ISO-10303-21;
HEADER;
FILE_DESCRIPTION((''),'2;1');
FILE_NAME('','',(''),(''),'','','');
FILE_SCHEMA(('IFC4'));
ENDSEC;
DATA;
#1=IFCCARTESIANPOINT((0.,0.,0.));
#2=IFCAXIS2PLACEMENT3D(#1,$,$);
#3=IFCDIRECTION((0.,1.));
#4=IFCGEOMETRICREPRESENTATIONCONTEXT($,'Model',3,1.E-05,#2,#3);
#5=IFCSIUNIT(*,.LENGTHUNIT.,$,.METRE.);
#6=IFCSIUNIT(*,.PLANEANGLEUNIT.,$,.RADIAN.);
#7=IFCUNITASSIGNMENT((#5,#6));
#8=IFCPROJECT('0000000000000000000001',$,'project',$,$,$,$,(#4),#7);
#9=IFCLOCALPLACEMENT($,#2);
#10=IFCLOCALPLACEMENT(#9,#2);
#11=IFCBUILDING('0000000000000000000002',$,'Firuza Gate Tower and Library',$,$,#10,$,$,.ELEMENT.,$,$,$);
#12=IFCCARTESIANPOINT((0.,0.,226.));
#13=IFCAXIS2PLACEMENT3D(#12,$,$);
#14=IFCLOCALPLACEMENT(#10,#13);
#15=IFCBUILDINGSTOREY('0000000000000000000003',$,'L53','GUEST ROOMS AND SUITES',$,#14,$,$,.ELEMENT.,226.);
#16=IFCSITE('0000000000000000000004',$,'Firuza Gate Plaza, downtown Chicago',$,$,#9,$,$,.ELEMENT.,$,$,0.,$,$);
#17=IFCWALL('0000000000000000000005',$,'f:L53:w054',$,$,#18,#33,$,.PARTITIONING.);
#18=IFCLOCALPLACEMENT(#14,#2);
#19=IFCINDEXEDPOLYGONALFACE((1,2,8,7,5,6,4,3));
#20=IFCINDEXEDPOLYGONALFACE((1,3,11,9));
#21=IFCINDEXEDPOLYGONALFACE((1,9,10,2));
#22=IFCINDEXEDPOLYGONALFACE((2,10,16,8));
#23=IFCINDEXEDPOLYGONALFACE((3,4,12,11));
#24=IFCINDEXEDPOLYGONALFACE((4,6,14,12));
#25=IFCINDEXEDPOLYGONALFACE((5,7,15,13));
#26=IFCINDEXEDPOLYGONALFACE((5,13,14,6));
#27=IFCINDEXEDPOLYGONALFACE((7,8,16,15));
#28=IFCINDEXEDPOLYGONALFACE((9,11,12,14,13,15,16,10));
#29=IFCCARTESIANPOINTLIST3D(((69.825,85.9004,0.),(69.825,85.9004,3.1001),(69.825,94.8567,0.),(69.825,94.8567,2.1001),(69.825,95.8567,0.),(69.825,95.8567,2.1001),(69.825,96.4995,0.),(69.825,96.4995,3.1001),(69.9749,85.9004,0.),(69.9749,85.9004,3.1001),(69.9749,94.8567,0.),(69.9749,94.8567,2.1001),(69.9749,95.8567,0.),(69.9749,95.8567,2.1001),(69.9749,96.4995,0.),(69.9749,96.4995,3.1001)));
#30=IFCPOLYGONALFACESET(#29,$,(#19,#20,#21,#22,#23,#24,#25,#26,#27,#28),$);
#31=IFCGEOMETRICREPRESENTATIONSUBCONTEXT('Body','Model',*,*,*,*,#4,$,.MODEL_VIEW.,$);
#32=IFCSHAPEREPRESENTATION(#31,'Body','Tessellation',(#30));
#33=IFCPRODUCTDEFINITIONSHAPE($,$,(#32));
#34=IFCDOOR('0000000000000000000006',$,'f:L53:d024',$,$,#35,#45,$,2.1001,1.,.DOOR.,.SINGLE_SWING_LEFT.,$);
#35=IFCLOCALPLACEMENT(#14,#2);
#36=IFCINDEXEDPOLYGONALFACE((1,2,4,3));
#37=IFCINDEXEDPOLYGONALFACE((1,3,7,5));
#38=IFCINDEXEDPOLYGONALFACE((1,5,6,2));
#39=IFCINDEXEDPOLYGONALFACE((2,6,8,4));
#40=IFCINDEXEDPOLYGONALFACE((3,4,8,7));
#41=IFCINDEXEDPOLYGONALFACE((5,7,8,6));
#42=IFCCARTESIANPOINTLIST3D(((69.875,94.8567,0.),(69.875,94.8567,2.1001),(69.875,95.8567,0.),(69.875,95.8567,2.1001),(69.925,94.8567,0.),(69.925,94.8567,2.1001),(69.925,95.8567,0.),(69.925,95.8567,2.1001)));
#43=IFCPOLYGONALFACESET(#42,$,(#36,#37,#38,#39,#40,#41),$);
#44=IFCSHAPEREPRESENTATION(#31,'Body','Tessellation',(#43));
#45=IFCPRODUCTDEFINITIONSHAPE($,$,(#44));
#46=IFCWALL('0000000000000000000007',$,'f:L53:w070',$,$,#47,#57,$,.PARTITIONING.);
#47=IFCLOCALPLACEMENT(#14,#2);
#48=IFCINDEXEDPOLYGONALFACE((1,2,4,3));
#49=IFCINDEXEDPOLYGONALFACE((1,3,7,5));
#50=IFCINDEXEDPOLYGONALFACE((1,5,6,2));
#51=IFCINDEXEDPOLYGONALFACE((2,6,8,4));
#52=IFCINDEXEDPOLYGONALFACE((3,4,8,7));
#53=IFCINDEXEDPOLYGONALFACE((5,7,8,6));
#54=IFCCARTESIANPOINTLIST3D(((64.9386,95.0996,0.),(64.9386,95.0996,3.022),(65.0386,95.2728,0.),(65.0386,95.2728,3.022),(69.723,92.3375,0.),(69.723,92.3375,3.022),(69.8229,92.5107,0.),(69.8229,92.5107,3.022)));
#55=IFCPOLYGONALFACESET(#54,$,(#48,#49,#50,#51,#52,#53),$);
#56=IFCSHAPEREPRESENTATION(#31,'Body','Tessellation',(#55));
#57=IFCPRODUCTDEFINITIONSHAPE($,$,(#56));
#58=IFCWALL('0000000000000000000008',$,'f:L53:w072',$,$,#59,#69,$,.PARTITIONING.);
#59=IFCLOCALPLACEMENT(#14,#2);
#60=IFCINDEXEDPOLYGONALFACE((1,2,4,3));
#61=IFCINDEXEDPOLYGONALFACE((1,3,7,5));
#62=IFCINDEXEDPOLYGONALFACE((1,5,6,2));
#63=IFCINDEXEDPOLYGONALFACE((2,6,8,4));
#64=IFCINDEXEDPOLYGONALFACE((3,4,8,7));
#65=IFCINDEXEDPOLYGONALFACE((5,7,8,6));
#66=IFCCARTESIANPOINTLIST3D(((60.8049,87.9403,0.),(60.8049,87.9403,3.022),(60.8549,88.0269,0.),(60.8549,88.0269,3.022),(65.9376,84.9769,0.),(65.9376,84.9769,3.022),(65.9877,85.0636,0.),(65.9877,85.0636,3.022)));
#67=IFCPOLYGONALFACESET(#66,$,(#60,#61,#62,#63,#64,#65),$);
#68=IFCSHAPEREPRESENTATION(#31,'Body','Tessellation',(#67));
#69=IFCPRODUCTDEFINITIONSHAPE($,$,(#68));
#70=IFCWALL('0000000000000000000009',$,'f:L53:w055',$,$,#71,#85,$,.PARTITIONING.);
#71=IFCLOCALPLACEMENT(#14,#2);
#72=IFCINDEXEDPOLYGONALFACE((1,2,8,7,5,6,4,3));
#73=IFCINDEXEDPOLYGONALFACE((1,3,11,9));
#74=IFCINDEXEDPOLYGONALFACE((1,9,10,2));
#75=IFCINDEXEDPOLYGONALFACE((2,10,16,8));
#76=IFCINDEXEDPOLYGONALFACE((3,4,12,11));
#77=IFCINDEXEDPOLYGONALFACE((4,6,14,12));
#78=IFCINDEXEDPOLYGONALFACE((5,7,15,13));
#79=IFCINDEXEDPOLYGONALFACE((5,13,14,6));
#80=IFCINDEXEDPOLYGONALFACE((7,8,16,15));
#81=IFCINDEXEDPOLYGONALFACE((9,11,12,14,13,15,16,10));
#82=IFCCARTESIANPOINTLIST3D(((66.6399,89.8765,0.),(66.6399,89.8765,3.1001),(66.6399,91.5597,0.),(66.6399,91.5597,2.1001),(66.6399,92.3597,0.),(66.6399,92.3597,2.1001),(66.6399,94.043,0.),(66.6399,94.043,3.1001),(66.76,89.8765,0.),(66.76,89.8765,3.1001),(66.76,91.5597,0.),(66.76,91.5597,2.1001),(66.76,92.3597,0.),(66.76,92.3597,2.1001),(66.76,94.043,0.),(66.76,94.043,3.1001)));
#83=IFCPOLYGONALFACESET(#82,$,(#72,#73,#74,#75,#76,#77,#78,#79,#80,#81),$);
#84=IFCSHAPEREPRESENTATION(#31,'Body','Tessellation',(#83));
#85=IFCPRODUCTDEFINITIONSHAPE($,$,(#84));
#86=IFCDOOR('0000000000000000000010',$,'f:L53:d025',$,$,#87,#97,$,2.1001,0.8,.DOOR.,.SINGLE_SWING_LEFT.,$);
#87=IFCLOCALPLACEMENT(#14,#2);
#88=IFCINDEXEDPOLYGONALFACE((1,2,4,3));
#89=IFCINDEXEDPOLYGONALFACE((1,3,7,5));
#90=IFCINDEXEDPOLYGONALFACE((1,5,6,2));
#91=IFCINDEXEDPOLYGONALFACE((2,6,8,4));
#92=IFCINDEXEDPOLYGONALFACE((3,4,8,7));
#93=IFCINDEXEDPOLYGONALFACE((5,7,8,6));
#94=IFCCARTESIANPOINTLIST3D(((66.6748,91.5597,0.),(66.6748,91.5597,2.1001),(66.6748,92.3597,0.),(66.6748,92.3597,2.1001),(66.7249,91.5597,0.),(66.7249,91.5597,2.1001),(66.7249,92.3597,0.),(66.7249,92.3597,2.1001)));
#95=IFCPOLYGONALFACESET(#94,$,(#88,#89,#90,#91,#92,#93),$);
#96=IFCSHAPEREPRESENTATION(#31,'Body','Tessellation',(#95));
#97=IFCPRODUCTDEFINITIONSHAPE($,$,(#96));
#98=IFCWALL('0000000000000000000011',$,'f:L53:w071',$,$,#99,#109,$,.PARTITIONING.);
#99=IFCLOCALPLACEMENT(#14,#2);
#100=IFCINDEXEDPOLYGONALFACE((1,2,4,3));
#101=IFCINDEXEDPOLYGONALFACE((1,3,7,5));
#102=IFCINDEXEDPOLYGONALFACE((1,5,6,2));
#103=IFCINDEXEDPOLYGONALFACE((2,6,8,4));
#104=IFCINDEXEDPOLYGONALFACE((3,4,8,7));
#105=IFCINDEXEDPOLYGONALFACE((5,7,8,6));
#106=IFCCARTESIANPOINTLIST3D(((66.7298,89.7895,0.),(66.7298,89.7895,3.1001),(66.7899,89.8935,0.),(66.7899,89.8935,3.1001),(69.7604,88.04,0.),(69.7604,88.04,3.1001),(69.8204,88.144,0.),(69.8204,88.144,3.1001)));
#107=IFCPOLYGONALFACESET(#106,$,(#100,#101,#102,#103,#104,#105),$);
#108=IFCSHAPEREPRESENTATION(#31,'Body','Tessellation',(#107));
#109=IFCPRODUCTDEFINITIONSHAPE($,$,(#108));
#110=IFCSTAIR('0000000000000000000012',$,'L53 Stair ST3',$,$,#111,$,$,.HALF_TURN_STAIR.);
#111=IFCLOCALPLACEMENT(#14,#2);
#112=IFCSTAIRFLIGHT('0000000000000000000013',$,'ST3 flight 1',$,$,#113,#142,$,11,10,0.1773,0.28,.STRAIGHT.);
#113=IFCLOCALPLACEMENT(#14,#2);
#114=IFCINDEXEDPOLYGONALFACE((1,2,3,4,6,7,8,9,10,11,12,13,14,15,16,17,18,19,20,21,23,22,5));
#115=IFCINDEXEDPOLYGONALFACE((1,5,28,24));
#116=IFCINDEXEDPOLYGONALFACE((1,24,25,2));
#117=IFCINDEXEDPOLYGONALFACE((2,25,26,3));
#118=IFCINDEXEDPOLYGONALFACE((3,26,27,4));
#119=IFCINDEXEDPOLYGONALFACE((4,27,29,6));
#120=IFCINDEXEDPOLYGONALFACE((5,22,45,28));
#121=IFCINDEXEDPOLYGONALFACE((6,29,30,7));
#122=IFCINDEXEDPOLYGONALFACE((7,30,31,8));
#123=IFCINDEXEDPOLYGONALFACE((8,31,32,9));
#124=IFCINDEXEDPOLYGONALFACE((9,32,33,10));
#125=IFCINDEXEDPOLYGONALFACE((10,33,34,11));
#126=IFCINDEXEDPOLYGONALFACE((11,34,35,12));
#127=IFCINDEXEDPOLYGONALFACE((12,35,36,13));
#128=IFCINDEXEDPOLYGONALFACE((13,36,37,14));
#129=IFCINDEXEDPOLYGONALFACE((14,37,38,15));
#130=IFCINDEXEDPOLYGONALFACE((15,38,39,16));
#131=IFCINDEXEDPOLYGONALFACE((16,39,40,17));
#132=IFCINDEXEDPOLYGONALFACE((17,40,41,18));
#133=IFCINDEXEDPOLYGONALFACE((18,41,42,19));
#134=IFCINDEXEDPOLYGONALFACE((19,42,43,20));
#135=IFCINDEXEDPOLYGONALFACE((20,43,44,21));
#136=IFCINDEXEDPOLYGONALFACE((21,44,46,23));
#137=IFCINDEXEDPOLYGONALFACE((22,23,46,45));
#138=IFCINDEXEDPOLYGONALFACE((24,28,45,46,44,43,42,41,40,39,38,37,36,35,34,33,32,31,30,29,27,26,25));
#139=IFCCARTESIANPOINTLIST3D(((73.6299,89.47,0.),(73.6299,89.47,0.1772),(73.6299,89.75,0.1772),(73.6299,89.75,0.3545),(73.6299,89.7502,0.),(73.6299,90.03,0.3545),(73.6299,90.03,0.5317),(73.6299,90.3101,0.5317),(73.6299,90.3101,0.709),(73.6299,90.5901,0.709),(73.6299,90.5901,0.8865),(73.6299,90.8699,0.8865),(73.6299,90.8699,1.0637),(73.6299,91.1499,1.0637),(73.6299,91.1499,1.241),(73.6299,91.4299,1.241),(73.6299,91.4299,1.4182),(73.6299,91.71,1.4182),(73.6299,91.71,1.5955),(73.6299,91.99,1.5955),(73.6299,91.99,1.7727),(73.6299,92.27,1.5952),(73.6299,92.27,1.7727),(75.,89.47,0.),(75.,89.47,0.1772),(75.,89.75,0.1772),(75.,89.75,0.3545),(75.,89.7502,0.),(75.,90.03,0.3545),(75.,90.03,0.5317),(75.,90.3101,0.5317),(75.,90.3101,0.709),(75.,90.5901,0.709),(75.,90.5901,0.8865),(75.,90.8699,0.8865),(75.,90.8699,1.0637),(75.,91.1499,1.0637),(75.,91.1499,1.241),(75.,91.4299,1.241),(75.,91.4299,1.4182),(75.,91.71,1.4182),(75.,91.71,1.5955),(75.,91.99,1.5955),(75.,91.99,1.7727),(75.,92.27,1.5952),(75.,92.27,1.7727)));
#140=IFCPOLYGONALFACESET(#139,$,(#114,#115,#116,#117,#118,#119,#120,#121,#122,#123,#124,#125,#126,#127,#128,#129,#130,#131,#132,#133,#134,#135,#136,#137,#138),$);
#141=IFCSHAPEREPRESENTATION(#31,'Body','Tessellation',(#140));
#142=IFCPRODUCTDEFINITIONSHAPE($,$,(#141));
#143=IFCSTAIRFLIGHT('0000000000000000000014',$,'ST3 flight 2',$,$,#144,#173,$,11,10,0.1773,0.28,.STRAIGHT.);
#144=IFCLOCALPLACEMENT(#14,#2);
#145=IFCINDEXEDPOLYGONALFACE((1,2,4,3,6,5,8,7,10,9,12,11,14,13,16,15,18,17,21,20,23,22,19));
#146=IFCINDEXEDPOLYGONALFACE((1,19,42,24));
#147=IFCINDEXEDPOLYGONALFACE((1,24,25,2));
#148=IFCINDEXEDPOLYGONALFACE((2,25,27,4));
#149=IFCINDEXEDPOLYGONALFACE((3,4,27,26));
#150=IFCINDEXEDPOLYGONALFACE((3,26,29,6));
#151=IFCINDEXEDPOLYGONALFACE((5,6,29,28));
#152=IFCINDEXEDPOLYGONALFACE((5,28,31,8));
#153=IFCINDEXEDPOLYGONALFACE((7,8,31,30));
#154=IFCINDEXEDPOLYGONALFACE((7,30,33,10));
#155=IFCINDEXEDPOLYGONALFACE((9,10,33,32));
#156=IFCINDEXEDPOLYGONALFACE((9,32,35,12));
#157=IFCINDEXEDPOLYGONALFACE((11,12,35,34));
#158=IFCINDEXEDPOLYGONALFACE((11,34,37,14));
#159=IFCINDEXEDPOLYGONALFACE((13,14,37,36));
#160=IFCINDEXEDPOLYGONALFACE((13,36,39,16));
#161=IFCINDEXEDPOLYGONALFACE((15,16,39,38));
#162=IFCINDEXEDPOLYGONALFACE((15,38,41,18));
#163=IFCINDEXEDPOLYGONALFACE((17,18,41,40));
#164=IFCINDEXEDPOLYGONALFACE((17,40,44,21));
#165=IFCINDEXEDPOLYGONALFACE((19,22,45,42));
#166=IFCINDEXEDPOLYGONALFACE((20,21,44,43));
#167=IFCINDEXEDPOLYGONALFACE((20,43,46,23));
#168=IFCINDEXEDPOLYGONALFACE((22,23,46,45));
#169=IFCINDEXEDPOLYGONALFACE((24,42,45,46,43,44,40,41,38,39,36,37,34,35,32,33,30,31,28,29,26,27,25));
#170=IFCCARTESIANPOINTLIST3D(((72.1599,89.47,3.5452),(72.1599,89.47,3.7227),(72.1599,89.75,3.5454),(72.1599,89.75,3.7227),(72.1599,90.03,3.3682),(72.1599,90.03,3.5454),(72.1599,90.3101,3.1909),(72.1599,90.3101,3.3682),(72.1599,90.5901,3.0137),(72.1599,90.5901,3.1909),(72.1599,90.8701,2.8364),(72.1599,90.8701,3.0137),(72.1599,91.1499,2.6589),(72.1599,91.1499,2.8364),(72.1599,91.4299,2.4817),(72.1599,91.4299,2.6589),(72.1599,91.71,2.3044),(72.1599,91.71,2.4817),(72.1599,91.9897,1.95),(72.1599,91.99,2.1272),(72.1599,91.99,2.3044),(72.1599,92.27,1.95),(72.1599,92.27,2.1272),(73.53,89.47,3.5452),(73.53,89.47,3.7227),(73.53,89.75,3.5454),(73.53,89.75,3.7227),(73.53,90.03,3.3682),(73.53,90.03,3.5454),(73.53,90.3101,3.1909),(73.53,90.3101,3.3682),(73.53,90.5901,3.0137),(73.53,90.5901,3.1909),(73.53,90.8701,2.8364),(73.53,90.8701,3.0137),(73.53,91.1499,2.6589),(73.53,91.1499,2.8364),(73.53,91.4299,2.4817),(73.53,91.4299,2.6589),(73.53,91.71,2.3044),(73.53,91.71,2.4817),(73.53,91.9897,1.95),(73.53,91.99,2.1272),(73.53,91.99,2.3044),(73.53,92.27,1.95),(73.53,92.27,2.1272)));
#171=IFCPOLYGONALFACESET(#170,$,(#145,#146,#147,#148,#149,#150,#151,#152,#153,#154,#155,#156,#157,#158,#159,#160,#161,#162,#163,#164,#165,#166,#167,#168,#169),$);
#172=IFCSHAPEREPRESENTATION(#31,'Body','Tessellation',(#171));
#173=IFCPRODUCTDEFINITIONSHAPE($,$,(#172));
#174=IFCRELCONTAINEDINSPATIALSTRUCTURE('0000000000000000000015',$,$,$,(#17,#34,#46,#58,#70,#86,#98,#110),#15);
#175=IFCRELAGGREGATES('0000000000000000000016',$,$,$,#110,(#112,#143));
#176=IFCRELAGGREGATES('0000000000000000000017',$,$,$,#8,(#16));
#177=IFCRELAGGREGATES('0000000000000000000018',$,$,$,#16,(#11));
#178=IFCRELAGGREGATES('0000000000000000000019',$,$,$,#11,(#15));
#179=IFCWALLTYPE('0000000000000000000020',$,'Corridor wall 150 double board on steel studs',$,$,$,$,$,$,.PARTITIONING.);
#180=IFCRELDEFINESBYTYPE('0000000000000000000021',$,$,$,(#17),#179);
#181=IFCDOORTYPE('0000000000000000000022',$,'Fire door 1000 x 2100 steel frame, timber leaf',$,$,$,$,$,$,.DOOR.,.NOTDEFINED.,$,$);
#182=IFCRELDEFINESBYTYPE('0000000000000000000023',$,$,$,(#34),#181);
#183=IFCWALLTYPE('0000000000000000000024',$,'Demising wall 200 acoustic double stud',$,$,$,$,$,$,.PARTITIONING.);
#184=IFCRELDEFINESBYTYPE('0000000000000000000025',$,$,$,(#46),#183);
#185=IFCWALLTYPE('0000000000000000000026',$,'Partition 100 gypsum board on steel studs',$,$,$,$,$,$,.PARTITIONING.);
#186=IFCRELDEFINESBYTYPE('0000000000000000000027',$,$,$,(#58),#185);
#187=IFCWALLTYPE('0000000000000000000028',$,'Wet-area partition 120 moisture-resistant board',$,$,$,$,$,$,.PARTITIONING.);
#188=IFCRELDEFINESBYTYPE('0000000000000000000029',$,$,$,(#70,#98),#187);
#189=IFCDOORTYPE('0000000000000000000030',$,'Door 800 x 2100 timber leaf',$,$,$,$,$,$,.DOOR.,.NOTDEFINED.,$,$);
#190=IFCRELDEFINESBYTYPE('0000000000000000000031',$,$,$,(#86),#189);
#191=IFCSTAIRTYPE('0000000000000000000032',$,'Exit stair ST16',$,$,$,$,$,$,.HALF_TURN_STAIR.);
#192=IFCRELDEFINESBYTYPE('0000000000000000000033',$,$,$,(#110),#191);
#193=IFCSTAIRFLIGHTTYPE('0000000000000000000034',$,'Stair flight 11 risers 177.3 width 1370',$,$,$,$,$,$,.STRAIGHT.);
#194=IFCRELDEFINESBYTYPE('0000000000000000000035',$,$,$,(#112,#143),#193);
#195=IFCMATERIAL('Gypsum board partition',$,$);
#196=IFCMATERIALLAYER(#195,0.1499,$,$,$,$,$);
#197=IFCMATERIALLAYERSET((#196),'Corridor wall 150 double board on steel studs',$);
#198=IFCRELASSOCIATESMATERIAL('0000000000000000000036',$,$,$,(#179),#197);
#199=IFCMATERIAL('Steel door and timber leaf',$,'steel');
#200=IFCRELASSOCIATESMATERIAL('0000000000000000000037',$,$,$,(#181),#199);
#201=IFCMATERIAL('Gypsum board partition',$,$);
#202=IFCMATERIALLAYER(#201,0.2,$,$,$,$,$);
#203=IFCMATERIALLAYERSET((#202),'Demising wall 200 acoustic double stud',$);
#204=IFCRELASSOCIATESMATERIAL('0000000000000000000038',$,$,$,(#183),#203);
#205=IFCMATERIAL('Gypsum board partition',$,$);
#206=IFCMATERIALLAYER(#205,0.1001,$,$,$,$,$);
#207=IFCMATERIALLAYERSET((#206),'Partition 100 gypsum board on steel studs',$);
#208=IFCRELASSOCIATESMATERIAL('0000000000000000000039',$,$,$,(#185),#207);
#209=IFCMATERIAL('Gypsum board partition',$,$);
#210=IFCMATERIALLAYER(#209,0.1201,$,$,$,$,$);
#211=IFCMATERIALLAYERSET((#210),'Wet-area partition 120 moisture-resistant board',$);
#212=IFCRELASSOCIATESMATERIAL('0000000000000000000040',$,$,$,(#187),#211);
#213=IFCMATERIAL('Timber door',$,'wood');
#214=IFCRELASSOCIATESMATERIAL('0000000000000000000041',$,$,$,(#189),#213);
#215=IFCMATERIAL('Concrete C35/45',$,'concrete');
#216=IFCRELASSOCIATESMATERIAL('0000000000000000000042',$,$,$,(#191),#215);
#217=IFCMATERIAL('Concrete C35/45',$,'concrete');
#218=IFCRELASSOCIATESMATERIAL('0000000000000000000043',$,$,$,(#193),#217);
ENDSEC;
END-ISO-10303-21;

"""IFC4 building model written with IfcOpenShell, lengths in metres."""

from ifc_helpers import new_model, si_unit, direction, frame, frame_2d, origin, place, context, subcontext, project, spatial, polyline, rectangle, outline, extrude, material, layer, layer_set, type_object, element, fill, aggregate, save


model = new_model("IFC4")

# Units and contexts
model_context = context("Model", 3, precision=1e-05, world=origin(), true_north=direction((0.0, 1.0)))
body_context = subcontext(model_context, "Body", "Model", "MODEL_VIEW")
ifc_project = project(units=[si_unit("LENGTHUNIT", "METRE"), si_unit("PLANEANGLEUNIT", "RADIAN")], contexts=[model_context])

# Site, building, storey
site_placement = place(None, origin())
site = spatial("IfcSite", under=ifc_project, at=site_placement, Name="Firuza Gate Plaza, downtown Chicago", CompositionType="ELEMENT", RefElevation=0.0)
building_placement = place(site_placement, origin())
building = spatial("IfcBuilding", under=site, at=building_placement, Name="Firuza Gate Tower and Library", CompositionType="ELEMENT")
storey_placement = place(building_placement, frame((0.0, 0.0, 226.0)))
storey = spatial("IfcBuildingStorey", under=building, at=storey_placement, Name="L53", Description="GUEST ROOMS AND SUITES", CompositionType="ELEMENT", Elevation=226.0)

# Shared definitions
placement = place(storey_placement, origin())

# Shared definitions
ifc_material_1 = material(Name="Gypsum board partition")
ifc_layer_1 = layer(ifc_material_1, 0.1499)
ifc_layer_set_1 = layer_set([ifc_layer_1], Name="Corridor wall 150 double board on steel studs")
wall_type_1 = type_object("IfcWallType", Name="Corridor wall 150 double board on steel studs", PredefinedType="PARTITIONING", material=ifc_layer_set_1)

# Wall, opening, door
wall_1_placement = place(storey_placement, frame((69.8999, 85.9004, 0.0), z_axis=(0.0, 0.0, 1.0), x_axis=(0.0, 1.0, 0.0)))
wall_1 = element("IfcWall", 1, at=wall_1_placement, inside=storey, type_object=wall_type_1, Name="f:L53:w054", PredefinedType="PARTITIONING", context=body_context, shape_type="SweptSolid", body=[
    extrude(rectangle(XDim=10.5991, YDim=0.1499, at=frame_2d((5.2996, 0.0))), origin(), (0.0, 0.0, 1.0), 3.1001),
])
opening_1_placement = place(wall_1_placement, frame((8.9563, 0.0, 0.0)))
opening_1 = element("IfcOpeningElement", 2, at=opening_1_placement, cuts=wall_1, PredefinedType="OPENING", context=body_context, shape_type="SweptSolid", body=[
    extrude(rectangle(XDim=1.0, YDim=2.1001, at=frame_2d((0.5, 1.05))), frame((0.0, 0.085, 0.0), z_axis=(0.0, -1.0, 0.0), x_axis=(1.0, 0.0, 0.0)), (0.0, 0.0, 1.0), 0.1699),
])
ifc_material_2 = material(Name="Steel door and timber leaf", Category="steel")
door_type_1 = type_object("IfcDoorType", Name="Fire door 1000 x 2100 steel frame, timber leaf", OperationType="NOTDEFINED", PredefinedType="DOOR", material=ifc_material_2)
door_1_placement = place(opening_1_placement, origin())
door_1 = element("IfcDoor", 3, at=door_1_placement, inside=storey, type_object=door_type_1, Name="f:L53:d024", OperationType="SINGLE_SWING_LEFT", OverallHeight=2.1001, OverallWidth=1.0, PredefinedType="DOOR", context=body_context, shape_type="SweptSolid", body=[
    extrude(rectangle(XDim=1.0, YDim=2.1001, at=frame_2d((0.5, 1.05))), frame((0.0, 0.0249, 0.0), z_axis=(0.0, -1.0, 0.0), x_axis=(1.0, 0.0, 0.0)), (0.0, 0.0, 1.0), 0.05),
])
fill(opening_1, door_1)

# Walls
ifc_material_3 = material(Name="Gypsum board partition")
ifc_layer_2 = layer(ifc_material_3, 0.2)
ifc_layer_set_2 = layer_set([ifc_layer_2], Name="Demising wall 200 acoustic double stud")
wall_type_2 = type_object("IfcWallType", Name="Demising wall 200 acoustic double stud", PredefinedType="PARTITIONING", material=ifc_layer_set_2)
wall_2_placement = place(storey_placement, frame((69.7729, 92.4241, 0.0), z_axis=(0.0, 0.0, 1.0), x_axis=(-0.866032, 0.499989, 0.0)))
element("IfcWall", 4, at=wall_2_placement, inside=storey, type_object=wall_type_2, Name="f:L53:w070", PredefinedType="PARTITIONING", context=body_context, shape_type="SweptSolid", body=[
    extrude(rectangle(XDim=5.5244, YDim=0.2, at=frame_2d((2.7622, 0.0))), origin(), (0.0, 0.0, 1.0), 3.022),
])
ifc_material_4 = material(Name="Gypsum board partition")
ifc_layer_3 = layer(ifc_material_4, 0.1001)
ifc_layer_set_3 = layer_set([ifc_layer_3], Name="Partition 100 gypsum board on steel studs")
wall_type_3 = type_object("IfcWallType", Name="Partition 100 gypsum board on steel studs", PredefinedType="PARTITIONING", material=ifc_layer_set_3)
wall_3_placement = place(storey_placement, frame((65.9626, 85.0203, 0.0), z_axis=(0.0, 0.0, 1.0), x_axis=(-0.866029, 0.499993, 0.0)))
element("IfcWall", 5, at=wall_3_placement, inside=storey, type_object=wall_type_3, Name="f:L53:w072", PredefinedType="PARTITIONING", context=body_context, shape_type="SweptSolid", body=[
    extrude(rectangle(XDim=5.9268, YDim=0.1001, at=frame_2d((2.9634, 0.0))), origin(), (0.0, 0.0, 1.0), 3.022),
])

# Wall, opening, door
ifc_material_5 = material(Name="Gypsum board partition")
ifc_layer_4 = layer(ifc_material_5, 0.1201)
ifc_layer_set_4 = layer_set([ifc_layer_4], Name="Wet-area partition 120 moisture-resistant board")
wall_type_4 = type_object("IfcWallType", Name="Wet-area partition 120 moisture-resistant board", PredefinedType="PARTITIONING", material=ifc_layer_set_4)
wall_4_placement = place(storey_placement, frame((66.7, 94.043, 0.0), z_axis=(0.0, 0.0, 1.0), x_axis=(0.0, -1.0, 0.0)))
wall_4 = element("IfcWall", 6, at=wall_4_placement, inside=storey, type_object=wall_type_4, Name="f:L53:w055", PredefinedType="PARTITIONING", context=body_context, shape_type="SweptSolid", body=[
    extrude(rectangle(XDim=4.1665, YDim=0.1201, at=frame_2d((2.0833, 0.0))), origin(), (0.0, 0.0, 1.0), 3.1001),
])
opening_2_placement = place(wall_4_placement, frame((1.6833, 0.0, 0.0)))
opening_2 = element("IfcOpeningElement", 7, at=opening_2_placement, cuts=wall_4, PredefinedType="OPENING", context=body_context, shape_type="SweptSolid", body=[
    extrude(rectangle(XDim=0.8, YDim=2.1001, at=frame_2d((0.3999, 1.05))), frame((0.0, 0.0701, 0.0), z_axis=(0.0, -1.0, 0.0), x_axis=(1.0, 0.0, 0.0)), (0.0, 0.0, 1.0), 0.1401),
])
ifc_material_6 = material(Name="Timber door", Category="wood")
door_type_2 = type_object("IfcDoorType", Name="Door 800 x 2100 timber leaf", OperationType="NOTDEFINED", PredefinedType="DOOR", material=ifc_material_6)
door_2_placement = place(opening_2_placement, origin())
door_2 = element("IfcDoor", 8, at=door_2_placement, inside=storey, type_object=door_type_2, Name="f:L53:d025", OperationType="SINGLE_SWING_LEFT", OverallHeight=2.1001, OverallWidth=0.8, PredefinedType="DOOR", context=body_context, shape_type="SweptSolid", body=[
    extrude(rectangle(XDim=0.8, YDim=2.1001, at=frame_2d((0.3999, 1.05))), frame((0.0, 0.0249, 0.0), z_axis=(0.0, -1.0, 0.0), x_axis=(1.0, 0.0, 0.0)), (0.0, 0.0, 1.0), 0.05),
])
fill(opening_2, door_2)

# Wall
wall_5_placement = place(storey_placement, frame((69.7903, 88.092, 0.0), z_axis=(0.0, 0.0, 1.0), x_axis=(-0.866045, 0.499966, 0.0)))
element("IfcWall", 9, at=wall_5_placement, inside=storey, type_object=wall_type_4, Name="f:L53:w071", PredefinedType="PARTITIONING", context=body_context, shape_type="SweptSolid", body=[
    extrude(rectangle(XDim=3.4993, YDim=0.1201, at=frame_2d((1.7495, 0.0))), origin(), (0.0, 0.0, 1.0), 3.1001),
])

# Stair, stair flights
ifc_material_7 = material(Name="Concrete C35/45", Category="concrete")
stair_type = type_object("IfcStairType", Name="Exit stair ST16", PredefinedType="HALF_TURN_STAIR", material=ifc_material_7)
stair = element("IfcStair", 10, at=placement, inside=storey, type_object=stair_type, Name="L53 Stair ST3", PredefinedType="HALF_TURN_STAIR")
ifc_material_8 = material(Name="Concrete C35/45", Category="concrete")
stair_flight_type = type_object("IfcStairFlightType", Name="Stair flight 11 risers 177.3 width 1370", PredefinedType="STRAIGHT", material=ifc_material_8)
stair_flight_1_placement = place(storey_placement, frame((74.3149, 89.47, 0.0), z_axis=(0.0, 0.0, 1.0), x_axis=(0.0, 1.0, 0.0)))
stair_flight_1 = element("IfcStairFlight", 11, at=stair_flight_1_placement, type_object=stair_flight_type, Name="ST3 flight 1", NumberOfRisers=11, NumberOfTreads=10, PredefinedType="STRAIGHT", RiserHeight=0.1773, TreadLength=0.28, context=body_context, shape_type="SweptSolid", body=[
    extrude(outline(polyline([(0.0, 0.0), (0.0, 0.1772), (0.28, 0.1772), (0.28, 0.3545), (0.5601, 0.3545), (0.5601, 0.5317), (0.8401, 0.5317), (0.8401, 0.709), (1.1201, 0.709), (1.1201, 0.8865), (1.3999, 0.8865), (1.3999, 1.0637), (1.6799, 1.0637), (1.6799, 1.241), (1.96, 1.241), (1.96, 1.4182), (2.24, 1.4182), (2.24, 1.5955), (2.52, 1.5955), (2.52, 1.7727), (2.8, 1.7727), (2.8, 1.95), (2.8, 1.5952), (0.2803, 0.0), (0.0, 0.0)])), frame((0.0, 0.6851, 0.0), z_axis=(0.0, -1.0, 0.0), x_axis=(1.0, 0.0, 0.0)), (0.0, 0.0, 1.0), 1.3701),
])
stair_flight_2_placement = place(storey_placement, frame((72.845, 92.27, 1.95), z_axis=(0.0, 0.0, 1.0), x_axis=(0.0, -1.0, 0.0)))
stair_flight_2 = element("IfcStairFlight", 12, at=stair_flight_2_placement, type_object=stair_flight_type, Name="ST3 flight 2", NumberOfRisers=11, NumberOfTreads=10, PredefinedType="STRAIGHT", RiserHeight=0.1773, TreadLength=0.28, context=body_context, shape_type="SweptSolid", body=[
    extrude(outline(polyline([(0.0, 0.0), (0.0, 0.1772), (0.28, 0.1772), (0.28, 0.3545), (0.5601, 0.3545), (0.5601, 0.5317), (0.8401, 0.5317), (0.8401, 0.709), (1.1201, 0.709), (1.1201, 0.8865), (1.3999, 0.8865), (1.3999, 1.0637), (1.6799, 1.0637), (1.6799, 1.241), (1.96, 1.241), (1.96, 1.4182), (2.24, 1.4182), (2.24, 1.5955), (2.52, 1.5955), (2.52, 1.7727), (2.8, 1.7727), (2.8, 1.95), (2.8, 1.5952), (0.2803, 0.0), (0.0, 0.0)])), frame((0.0, 0.6851, 0.0), z_axis=(0.0, -1.0, 0.0), x_axis=(1.0, 0.0, 0.0)), (0.0, 0.0, 1.0), 1.3701),
])
aggregate(stair, [stair_flight_1, stair_flight_2])

save(model, "model.ifc")
